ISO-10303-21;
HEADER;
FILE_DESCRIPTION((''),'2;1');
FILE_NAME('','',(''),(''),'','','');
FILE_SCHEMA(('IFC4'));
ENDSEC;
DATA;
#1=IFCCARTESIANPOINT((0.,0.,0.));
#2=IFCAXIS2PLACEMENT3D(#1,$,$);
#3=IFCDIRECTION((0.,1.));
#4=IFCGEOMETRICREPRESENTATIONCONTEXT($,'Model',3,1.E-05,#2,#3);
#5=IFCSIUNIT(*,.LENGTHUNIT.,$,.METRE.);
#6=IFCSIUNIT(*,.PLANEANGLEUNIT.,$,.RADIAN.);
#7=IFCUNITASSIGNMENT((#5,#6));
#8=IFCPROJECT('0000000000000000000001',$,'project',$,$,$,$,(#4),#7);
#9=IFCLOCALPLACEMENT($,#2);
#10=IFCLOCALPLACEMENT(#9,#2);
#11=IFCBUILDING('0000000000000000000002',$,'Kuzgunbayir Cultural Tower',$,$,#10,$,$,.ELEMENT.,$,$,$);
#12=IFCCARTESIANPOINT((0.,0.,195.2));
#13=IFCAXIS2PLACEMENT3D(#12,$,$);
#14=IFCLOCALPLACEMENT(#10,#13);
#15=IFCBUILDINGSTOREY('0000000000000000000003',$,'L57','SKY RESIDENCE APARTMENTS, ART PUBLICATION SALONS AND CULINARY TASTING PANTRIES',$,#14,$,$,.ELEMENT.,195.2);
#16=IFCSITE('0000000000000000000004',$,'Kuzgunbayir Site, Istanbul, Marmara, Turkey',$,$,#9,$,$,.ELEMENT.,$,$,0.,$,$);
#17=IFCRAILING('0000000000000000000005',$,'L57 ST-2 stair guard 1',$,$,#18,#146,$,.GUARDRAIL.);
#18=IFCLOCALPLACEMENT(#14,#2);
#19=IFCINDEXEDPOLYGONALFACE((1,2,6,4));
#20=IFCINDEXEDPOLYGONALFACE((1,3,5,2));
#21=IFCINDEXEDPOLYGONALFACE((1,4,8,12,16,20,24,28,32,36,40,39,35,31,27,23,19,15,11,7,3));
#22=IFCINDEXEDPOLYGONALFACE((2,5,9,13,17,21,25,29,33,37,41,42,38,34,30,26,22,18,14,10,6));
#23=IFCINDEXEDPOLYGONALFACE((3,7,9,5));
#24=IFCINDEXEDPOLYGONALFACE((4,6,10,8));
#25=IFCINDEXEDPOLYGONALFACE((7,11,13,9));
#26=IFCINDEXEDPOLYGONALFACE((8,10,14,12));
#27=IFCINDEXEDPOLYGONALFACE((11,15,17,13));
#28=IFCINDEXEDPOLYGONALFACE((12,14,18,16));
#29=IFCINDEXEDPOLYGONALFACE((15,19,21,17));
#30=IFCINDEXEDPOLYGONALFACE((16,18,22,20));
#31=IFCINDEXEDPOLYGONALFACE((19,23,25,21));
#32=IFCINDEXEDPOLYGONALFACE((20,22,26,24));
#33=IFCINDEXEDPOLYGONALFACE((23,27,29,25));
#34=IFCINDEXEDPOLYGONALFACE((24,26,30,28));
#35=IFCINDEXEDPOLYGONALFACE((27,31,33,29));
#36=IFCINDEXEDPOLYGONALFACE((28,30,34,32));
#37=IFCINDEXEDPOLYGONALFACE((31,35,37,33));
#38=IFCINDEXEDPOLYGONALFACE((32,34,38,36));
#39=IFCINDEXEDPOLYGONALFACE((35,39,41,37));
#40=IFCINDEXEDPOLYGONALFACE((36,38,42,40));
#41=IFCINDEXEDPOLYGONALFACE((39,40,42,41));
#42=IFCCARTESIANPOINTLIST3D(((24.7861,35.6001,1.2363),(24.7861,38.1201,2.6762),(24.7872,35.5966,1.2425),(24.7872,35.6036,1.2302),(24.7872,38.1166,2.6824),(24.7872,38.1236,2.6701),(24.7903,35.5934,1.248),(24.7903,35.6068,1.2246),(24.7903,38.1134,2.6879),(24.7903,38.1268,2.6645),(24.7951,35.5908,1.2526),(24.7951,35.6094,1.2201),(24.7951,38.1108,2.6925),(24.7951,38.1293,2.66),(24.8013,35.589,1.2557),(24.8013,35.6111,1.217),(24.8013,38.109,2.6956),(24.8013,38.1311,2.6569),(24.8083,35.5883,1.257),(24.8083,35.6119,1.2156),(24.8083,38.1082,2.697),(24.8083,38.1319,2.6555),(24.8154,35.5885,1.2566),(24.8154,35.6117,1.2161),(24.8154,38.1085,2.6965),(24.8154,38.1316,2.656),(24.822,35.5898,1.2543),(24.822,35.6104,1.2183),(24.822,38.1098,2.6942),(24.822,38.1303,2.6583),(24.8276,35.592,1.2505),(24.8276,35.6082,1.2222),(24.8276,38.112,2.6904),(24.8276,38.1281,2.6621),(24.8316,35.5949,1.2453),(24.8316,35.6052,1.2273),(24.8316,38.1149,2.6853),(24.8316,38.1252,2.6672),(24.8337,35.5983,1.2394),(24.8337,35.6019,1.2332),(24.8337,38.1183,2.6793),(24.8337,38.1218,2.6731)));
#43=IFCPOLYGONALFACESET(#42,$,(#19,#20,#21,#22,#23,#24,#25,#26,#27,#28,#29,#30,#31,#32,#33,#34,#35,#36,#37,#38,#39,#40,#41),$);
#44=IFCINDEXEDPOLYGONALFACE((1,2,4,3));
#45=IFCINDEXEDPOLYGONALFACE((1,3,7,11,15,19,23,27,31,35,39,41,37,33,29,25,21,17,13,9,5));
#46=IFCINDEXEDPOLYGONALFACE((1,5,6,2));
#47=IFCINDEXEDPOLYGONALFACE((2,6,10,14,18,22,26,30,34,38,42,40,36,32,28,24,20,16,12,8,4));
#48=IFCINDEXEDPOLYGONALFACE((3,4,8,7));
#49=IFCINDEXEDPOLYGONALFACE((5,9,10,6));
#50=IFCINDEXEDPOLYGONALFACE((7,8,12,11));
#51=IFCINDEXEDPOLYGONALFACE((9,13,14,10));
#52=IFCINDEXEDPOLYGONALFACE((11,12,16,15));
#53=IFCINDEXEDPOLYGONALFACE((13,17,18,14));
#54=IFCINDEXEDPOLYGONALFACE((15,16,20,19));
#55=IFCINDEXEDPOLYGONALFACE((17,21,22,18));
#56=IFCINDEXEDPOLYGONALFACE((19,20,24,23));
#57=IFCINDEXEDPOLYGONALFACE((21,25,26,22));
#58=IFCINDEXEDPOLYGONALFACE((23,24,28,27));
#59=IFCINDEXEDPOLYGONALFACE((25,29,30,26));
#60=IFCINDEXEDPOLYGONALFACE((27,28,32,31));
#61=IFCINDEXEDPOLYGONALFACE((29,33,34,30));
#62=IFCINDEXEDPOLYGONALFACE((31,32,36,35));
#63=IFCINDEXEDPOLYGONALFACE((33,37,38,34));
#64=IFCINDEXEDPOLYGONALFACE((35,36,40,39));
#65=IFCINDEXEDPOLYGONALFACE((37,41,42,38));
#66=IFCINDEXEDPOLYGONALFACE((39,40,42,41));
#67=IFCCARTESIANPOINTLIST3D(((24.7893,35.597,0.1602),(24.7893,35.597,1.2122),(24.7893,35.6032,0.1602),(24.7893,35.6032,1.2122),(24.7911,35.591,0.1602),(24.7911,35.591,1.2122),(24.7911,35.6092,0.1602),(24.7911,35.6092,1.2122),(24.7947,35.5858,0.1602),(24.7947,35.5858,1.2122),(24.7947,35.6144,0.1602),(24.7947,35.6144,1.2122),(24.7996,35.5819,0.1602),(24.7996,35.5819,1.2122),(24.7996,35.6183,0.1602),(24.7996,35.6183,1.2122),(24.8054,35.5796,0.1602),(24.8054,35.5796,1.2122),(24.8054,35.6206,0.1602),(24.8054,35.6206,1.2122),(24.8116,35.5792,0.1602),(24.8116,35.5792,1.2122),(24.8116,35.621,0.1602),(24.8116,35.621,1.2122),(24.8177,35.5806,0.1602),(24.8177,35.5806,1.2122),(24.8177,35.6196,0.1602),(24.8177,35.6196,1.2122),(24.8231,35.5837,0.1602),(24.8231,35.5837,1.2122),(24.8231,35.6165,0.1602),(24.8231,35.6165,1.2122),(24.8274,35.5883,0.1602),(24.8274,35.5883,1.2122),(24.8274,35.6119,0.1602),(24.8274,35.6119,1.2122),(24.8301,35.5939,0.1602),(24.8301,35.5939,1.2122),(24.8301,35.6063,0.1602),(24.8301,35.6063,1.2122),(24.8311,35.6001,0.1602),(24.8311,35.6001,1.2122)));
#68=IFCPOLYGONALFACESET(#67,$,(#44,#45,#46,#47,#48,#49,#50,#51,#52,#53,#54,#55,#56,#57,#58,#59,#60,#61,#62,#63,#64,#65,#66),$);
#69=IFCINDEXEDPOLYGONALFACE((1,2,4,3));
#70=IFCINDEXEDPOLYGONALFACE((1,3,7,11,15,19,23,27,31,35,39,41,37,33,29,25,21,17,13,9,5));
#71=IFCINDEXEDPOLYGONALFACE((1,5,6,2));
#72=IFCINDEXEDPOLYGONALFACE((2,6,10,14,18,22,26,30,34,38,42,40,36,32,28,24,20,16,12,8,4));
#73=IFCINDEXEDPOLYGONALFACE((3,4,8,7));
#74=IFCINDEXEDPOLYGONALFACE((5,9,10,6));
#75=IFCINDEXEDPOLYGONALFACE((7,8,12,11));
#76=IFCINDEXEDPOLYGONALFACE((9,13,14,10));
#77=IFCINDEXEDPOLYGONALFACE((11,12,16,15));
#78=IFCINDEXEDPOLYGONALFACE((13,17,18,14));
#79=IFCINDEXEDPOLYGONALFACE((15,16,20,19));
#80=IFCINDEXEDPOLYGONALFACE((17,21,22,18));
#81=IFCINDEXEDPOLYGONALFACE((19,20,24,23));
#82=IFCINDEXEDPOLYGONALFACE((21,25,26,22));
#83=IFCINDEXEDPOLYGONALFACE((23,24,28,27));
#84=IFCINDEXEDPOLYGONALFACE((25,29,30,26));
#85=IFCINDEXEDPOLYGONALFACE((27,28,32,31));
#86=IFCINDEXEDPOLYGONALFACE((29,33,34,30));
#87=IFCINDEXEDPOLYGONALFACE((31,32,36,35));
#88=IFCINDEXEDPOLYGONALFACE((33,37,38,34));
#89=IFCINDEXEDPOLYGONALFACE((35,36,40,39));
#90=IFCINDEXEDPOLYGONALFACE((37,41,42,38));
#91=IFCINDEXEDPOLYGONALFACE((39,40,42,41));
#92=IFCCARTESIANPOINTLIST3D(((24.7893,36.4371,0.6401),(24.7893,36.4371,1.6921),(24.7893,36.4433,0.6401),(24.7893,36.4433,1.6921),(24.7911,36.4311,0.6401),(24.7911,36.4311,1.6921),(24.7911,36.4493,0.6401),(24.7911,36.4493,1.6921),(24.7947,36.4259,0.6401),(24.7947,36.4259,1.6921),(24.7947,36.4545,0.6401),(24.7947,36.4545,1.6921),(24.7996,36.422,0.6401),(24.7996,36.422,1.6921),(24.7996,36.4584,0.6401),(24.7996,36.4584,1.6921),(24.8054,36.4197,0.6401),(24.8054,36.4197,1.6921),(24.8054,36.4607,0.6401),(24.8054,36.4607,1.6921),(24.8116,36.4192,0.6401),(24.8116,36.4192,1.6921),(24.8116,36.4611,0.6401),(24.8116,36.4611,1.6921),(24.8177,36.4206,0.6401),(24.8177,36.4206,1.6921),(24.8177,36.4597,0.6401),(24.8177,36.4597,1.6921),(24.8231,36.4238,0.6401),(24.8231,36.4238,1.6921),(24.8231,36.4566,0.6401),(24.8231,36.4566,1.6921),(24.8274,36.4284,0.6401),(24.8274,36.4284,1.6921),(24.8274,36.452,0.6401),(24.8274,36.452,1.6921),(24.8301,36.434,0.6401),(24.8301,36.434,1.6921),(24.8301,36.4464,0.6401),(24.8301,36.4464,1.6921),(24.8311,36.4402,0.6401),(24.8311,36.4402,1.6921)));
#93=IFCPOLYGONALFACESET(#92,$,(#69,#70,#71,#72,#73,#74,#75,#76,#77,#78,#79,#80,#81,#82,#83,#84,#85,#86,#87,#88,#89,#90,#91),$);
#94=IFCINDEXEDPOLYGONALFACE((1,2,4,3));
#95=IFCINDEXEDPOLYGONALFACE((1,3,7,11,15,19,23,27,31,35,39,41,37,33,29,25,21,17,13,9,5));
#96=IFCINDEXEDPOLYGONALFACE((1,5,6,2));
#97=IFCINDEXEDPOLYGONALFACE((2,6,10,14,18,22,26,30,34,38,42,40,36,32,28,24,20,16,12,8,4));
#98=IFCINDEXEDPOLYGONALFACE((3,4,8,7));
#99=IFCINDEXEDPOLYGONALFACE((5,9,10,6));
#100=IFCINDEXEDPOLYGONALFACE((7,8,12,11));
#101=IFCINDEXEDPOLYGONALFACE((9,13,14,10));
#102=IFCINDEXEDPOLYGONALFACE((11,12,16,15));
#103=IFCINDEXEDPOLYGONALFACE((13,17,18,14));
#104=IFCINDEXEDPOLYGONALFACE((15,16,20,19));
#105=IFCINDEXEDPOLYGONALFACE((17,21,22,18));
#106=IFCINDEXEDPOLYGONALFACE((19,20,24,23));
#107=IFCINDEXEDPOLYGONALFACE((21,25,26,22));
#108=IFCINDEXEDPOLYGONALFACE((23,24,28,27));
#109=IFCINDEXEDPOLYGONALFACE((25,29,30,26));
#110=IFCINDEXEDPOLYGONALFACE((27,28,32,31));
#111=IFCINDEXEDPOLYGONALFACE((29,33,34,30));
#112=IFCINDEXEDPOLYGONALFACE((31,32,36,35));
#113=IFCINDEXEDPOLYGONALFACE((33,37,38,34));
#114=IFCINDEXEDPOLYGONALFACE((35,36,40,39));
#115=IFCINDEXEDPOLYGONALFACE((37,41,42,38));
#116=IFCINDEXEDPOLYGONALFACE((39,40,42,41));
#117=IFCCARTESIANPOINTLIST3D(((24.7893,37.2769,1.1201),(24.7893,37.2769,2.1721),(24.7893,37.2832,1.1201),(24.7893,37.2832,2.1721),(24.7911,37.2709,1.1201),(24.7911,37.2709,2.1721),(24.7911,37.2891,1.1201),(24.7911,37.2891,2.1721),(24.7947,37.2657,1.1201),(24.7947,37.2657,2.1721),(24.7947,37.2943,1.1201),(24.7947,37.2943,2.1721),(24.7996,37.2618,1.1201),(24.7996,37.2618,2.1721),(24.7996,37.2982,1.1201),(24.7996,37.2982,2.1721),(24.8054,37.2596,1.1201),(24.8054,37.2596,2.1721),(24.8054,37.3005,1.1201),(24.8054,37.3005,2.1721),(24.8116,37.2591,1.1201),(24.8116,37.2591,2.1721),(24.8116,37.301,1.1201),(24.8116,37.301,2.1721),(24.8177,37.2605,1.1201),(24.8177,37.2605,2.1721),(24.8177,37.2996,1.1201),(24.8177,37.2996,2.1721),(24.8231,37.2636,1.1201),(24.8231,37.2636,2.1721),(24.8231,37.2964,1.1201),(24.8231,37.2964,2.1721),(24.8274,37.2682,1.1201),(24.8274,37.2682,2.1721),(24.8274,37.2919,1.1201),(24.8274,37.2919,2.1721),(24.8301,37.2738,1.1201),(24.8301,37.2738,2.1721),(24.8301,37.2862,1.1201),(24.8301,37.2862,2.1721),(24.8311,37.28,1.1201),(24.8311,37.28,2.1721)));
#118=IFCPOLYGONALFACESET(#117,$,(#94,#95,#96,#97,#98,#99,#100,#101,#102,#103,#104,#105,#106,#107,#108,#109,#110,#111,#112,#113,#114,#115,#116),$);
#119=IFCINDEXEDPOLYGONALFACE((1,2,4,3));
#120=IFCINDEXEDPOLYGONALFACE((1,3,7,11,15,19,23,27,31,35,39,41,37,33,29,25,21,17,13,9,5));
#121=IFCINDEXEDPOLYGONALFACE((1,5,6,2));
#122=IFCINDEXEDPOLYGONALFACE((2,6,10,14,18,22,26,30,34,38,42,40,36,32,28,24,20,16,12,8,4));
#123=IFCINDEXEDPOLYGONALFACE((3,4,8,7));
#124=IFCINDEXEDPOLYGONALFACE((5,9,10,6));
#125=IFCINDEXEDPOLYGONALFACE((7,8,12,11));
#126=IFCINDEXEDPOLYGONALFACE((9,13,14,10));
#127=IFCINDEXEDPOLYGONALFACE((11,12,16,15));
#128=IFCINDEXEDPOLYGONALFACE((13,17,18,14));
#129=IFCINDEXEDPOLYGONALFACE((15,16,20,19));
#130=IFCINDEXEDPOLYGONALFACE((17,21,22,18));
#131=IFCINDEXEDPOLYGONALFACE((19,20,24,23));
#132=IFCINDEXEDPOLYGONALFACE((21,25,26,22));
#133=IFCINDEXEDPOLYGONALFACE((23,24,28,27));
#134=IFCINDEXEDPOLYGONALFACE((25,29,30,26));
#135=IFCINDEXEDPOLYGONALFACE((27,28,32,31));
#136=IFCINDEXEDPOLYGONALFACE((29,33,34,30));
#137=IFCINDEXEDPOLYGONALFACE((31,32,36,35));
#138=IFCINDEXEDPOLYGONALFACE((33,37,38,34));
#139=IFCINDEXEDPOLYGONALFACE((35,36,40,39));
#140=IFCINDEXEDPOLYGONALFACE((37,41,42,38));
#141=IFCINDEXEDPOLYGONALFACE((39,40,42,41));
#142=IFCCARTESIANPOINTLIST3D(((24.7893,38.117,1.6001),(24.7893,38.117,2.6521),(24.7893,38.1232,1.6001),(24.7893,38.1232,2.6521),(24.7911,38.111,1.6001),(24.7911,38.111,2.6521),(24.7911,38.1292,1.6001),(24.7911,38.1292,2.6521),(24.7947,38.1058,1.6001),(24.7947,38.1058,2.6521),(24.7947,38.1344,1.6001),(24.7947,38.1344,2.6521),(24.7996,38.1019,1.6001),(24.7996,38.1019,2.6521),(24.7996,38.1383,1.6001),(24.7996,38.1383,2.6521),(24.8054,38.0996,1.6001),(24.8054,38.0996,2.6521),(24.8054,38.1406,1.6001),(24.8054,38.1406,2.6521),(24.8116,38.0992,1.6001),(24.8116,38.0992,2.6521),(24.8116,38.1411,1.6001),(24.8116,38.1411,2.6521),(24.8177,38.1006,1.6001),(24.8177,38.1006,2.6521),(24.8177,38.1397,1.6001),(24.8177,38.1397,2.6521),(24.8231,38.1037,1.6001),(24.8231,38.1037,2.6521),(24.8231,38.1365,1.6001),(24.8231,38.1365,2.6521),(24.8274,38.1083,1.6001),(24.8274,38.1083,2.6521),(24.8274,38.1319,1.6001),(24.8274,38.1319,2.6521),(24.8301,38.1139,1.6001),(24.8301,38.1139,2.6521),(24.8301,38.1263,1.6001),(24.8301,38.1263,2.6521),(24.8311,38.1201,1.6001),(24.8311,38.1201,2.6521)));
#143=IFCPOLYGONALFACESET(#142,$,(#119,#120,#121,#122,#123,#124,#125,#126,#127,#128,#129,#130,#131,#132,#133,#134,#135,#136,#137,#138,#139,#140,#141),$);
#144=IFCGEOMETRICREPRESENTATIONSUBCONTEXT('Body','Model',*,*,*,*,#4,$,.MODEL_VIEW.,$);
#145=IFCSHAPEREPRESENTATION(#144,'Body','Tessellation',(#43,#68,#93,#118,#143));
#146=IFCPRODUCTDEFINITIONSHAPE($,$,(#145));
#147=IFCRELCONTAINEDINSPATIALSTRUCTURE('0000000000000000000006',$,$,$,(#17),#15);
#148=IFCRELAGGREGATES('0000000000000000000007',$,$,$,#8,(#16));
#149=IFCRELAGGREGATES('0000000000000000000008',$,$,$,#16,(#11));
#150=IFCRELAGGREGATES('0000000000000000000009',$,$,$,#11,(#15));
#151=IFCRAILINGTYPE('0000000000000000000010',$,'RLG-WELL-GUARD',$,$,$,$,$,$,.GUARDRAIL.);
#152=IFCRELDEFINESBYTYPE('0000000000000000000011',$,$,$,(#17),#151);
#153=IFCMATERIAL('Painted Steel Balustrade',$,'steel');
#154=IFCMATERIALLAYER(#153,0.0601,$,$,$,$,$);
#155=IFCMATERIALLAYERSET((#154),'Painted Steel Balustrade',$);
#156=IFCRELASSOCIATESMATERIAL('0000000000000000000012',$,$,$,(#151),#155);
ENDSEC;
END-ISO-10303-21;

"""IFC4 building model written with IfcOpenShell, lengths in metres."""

from ifc_helpers import new_model, si_unit, direction, frame, origin, origin_2d, place, context, subcontext, project, spatial, circle, extrude, material, layer, layer_set, type_object, element, save


model = new_model("IFC4")

# Units and contexts
model_context = context("Model", 3, precision=1e-05, world=origin(), true_north=direction((0.0, 1.0)))
body_context = subcontext(model_context, "Body", "Model", "MODEL_VIEW")
ifc_project = project(units=[si_unit("LENGTHUNIT", "METRE"), si_unit("PLANEANGLEUNIT", "RADIAN")], contexts=[model_context])

# Site, building, storey
site_placement = place(None, origin())
site = spatial("IfcSite", under=ifc_project, at=site_placement, Name="Kuzgunbayir Site, Istanbul, Marmara, Turkey", CompositionType="ELEMENT", RefElevation=0.0)
building_placement = place(site_placement, origin())
building = spatial("IfcBuilding", under=site, at=building_placement, Name="Kuzgunbayir Cultural Tower", CompositionType="ELEMENT")
storey_placement = place(building_placement, frame((0.0, 0.0, 195.2)))
storey = spatial("IfcBuildingStorey", under=building, at=storey_placement, Name="L57", Description="SKY RESIDENCE APARTMENTS, ART PUBLICATION SALONS AND CULINARY TASTING PANTRIES", CompositionType="ELEMENT", Elevation=195.2)

# Railing
ifc_material_1 = material(Name="Painted Steel Balustrade", Category="steel")
ifc_layer_1 = layer(ifc_material_1, 0.0601)
ifc_layer_set_1 = layer_set([ifc_layer_1], Name="Painted Steel Balustrade")
railing_type_1 = type_object("IfcRailingType", Name="RLG-WELL-GUARD", PredefinedType="GUARDRAIL", material=ifc_layer_set_1)
railing_1_placement = place(storey_placement, frame((24.8101, 35.6001, 0.1602)))
element("IfcRailing", 1, at=railing_1_placement, inside=storey, type_object=railing_type_1, Name="L57 ST-2 stair guard 1", PredefinedType="GUARDRAIL", context=body_context, shape_type="SweptSolid", body=[
    extrude(circle(Radius=0.0239, at=origin_2d()), frame((0.0, 0.0, 1.0762), z_axis=(0.0, 0.868253, 0.496121), x_axis=(-1.0, 0.0, 0.0)), (0.0, 0.0, 1.0), 2.9023),
    extrude(circle(Radius=0.021, at=origin_2d()), origin(), (0.0, 0.0, 1.0), 1.052),
    extrude(circle(Radius=0.021, at=origin_2d()), frame((0.0, 0.8401, 0.48)), (0.0, 0.0, 1.0), 1.052),
    extrude(circle(Radius=0.021, at=origin_2d()), frame((0.0, 1.6799, 0.96)), (0.0, 0.0, 1.0), 1.052),
    extrude(circle(Radius=0.021, at=origin_2d()), frame((0.0, 2.52, 1.4399)), (0.0, 0.0, 1.0), 1.052),
])

save(model, "model.ifc")
